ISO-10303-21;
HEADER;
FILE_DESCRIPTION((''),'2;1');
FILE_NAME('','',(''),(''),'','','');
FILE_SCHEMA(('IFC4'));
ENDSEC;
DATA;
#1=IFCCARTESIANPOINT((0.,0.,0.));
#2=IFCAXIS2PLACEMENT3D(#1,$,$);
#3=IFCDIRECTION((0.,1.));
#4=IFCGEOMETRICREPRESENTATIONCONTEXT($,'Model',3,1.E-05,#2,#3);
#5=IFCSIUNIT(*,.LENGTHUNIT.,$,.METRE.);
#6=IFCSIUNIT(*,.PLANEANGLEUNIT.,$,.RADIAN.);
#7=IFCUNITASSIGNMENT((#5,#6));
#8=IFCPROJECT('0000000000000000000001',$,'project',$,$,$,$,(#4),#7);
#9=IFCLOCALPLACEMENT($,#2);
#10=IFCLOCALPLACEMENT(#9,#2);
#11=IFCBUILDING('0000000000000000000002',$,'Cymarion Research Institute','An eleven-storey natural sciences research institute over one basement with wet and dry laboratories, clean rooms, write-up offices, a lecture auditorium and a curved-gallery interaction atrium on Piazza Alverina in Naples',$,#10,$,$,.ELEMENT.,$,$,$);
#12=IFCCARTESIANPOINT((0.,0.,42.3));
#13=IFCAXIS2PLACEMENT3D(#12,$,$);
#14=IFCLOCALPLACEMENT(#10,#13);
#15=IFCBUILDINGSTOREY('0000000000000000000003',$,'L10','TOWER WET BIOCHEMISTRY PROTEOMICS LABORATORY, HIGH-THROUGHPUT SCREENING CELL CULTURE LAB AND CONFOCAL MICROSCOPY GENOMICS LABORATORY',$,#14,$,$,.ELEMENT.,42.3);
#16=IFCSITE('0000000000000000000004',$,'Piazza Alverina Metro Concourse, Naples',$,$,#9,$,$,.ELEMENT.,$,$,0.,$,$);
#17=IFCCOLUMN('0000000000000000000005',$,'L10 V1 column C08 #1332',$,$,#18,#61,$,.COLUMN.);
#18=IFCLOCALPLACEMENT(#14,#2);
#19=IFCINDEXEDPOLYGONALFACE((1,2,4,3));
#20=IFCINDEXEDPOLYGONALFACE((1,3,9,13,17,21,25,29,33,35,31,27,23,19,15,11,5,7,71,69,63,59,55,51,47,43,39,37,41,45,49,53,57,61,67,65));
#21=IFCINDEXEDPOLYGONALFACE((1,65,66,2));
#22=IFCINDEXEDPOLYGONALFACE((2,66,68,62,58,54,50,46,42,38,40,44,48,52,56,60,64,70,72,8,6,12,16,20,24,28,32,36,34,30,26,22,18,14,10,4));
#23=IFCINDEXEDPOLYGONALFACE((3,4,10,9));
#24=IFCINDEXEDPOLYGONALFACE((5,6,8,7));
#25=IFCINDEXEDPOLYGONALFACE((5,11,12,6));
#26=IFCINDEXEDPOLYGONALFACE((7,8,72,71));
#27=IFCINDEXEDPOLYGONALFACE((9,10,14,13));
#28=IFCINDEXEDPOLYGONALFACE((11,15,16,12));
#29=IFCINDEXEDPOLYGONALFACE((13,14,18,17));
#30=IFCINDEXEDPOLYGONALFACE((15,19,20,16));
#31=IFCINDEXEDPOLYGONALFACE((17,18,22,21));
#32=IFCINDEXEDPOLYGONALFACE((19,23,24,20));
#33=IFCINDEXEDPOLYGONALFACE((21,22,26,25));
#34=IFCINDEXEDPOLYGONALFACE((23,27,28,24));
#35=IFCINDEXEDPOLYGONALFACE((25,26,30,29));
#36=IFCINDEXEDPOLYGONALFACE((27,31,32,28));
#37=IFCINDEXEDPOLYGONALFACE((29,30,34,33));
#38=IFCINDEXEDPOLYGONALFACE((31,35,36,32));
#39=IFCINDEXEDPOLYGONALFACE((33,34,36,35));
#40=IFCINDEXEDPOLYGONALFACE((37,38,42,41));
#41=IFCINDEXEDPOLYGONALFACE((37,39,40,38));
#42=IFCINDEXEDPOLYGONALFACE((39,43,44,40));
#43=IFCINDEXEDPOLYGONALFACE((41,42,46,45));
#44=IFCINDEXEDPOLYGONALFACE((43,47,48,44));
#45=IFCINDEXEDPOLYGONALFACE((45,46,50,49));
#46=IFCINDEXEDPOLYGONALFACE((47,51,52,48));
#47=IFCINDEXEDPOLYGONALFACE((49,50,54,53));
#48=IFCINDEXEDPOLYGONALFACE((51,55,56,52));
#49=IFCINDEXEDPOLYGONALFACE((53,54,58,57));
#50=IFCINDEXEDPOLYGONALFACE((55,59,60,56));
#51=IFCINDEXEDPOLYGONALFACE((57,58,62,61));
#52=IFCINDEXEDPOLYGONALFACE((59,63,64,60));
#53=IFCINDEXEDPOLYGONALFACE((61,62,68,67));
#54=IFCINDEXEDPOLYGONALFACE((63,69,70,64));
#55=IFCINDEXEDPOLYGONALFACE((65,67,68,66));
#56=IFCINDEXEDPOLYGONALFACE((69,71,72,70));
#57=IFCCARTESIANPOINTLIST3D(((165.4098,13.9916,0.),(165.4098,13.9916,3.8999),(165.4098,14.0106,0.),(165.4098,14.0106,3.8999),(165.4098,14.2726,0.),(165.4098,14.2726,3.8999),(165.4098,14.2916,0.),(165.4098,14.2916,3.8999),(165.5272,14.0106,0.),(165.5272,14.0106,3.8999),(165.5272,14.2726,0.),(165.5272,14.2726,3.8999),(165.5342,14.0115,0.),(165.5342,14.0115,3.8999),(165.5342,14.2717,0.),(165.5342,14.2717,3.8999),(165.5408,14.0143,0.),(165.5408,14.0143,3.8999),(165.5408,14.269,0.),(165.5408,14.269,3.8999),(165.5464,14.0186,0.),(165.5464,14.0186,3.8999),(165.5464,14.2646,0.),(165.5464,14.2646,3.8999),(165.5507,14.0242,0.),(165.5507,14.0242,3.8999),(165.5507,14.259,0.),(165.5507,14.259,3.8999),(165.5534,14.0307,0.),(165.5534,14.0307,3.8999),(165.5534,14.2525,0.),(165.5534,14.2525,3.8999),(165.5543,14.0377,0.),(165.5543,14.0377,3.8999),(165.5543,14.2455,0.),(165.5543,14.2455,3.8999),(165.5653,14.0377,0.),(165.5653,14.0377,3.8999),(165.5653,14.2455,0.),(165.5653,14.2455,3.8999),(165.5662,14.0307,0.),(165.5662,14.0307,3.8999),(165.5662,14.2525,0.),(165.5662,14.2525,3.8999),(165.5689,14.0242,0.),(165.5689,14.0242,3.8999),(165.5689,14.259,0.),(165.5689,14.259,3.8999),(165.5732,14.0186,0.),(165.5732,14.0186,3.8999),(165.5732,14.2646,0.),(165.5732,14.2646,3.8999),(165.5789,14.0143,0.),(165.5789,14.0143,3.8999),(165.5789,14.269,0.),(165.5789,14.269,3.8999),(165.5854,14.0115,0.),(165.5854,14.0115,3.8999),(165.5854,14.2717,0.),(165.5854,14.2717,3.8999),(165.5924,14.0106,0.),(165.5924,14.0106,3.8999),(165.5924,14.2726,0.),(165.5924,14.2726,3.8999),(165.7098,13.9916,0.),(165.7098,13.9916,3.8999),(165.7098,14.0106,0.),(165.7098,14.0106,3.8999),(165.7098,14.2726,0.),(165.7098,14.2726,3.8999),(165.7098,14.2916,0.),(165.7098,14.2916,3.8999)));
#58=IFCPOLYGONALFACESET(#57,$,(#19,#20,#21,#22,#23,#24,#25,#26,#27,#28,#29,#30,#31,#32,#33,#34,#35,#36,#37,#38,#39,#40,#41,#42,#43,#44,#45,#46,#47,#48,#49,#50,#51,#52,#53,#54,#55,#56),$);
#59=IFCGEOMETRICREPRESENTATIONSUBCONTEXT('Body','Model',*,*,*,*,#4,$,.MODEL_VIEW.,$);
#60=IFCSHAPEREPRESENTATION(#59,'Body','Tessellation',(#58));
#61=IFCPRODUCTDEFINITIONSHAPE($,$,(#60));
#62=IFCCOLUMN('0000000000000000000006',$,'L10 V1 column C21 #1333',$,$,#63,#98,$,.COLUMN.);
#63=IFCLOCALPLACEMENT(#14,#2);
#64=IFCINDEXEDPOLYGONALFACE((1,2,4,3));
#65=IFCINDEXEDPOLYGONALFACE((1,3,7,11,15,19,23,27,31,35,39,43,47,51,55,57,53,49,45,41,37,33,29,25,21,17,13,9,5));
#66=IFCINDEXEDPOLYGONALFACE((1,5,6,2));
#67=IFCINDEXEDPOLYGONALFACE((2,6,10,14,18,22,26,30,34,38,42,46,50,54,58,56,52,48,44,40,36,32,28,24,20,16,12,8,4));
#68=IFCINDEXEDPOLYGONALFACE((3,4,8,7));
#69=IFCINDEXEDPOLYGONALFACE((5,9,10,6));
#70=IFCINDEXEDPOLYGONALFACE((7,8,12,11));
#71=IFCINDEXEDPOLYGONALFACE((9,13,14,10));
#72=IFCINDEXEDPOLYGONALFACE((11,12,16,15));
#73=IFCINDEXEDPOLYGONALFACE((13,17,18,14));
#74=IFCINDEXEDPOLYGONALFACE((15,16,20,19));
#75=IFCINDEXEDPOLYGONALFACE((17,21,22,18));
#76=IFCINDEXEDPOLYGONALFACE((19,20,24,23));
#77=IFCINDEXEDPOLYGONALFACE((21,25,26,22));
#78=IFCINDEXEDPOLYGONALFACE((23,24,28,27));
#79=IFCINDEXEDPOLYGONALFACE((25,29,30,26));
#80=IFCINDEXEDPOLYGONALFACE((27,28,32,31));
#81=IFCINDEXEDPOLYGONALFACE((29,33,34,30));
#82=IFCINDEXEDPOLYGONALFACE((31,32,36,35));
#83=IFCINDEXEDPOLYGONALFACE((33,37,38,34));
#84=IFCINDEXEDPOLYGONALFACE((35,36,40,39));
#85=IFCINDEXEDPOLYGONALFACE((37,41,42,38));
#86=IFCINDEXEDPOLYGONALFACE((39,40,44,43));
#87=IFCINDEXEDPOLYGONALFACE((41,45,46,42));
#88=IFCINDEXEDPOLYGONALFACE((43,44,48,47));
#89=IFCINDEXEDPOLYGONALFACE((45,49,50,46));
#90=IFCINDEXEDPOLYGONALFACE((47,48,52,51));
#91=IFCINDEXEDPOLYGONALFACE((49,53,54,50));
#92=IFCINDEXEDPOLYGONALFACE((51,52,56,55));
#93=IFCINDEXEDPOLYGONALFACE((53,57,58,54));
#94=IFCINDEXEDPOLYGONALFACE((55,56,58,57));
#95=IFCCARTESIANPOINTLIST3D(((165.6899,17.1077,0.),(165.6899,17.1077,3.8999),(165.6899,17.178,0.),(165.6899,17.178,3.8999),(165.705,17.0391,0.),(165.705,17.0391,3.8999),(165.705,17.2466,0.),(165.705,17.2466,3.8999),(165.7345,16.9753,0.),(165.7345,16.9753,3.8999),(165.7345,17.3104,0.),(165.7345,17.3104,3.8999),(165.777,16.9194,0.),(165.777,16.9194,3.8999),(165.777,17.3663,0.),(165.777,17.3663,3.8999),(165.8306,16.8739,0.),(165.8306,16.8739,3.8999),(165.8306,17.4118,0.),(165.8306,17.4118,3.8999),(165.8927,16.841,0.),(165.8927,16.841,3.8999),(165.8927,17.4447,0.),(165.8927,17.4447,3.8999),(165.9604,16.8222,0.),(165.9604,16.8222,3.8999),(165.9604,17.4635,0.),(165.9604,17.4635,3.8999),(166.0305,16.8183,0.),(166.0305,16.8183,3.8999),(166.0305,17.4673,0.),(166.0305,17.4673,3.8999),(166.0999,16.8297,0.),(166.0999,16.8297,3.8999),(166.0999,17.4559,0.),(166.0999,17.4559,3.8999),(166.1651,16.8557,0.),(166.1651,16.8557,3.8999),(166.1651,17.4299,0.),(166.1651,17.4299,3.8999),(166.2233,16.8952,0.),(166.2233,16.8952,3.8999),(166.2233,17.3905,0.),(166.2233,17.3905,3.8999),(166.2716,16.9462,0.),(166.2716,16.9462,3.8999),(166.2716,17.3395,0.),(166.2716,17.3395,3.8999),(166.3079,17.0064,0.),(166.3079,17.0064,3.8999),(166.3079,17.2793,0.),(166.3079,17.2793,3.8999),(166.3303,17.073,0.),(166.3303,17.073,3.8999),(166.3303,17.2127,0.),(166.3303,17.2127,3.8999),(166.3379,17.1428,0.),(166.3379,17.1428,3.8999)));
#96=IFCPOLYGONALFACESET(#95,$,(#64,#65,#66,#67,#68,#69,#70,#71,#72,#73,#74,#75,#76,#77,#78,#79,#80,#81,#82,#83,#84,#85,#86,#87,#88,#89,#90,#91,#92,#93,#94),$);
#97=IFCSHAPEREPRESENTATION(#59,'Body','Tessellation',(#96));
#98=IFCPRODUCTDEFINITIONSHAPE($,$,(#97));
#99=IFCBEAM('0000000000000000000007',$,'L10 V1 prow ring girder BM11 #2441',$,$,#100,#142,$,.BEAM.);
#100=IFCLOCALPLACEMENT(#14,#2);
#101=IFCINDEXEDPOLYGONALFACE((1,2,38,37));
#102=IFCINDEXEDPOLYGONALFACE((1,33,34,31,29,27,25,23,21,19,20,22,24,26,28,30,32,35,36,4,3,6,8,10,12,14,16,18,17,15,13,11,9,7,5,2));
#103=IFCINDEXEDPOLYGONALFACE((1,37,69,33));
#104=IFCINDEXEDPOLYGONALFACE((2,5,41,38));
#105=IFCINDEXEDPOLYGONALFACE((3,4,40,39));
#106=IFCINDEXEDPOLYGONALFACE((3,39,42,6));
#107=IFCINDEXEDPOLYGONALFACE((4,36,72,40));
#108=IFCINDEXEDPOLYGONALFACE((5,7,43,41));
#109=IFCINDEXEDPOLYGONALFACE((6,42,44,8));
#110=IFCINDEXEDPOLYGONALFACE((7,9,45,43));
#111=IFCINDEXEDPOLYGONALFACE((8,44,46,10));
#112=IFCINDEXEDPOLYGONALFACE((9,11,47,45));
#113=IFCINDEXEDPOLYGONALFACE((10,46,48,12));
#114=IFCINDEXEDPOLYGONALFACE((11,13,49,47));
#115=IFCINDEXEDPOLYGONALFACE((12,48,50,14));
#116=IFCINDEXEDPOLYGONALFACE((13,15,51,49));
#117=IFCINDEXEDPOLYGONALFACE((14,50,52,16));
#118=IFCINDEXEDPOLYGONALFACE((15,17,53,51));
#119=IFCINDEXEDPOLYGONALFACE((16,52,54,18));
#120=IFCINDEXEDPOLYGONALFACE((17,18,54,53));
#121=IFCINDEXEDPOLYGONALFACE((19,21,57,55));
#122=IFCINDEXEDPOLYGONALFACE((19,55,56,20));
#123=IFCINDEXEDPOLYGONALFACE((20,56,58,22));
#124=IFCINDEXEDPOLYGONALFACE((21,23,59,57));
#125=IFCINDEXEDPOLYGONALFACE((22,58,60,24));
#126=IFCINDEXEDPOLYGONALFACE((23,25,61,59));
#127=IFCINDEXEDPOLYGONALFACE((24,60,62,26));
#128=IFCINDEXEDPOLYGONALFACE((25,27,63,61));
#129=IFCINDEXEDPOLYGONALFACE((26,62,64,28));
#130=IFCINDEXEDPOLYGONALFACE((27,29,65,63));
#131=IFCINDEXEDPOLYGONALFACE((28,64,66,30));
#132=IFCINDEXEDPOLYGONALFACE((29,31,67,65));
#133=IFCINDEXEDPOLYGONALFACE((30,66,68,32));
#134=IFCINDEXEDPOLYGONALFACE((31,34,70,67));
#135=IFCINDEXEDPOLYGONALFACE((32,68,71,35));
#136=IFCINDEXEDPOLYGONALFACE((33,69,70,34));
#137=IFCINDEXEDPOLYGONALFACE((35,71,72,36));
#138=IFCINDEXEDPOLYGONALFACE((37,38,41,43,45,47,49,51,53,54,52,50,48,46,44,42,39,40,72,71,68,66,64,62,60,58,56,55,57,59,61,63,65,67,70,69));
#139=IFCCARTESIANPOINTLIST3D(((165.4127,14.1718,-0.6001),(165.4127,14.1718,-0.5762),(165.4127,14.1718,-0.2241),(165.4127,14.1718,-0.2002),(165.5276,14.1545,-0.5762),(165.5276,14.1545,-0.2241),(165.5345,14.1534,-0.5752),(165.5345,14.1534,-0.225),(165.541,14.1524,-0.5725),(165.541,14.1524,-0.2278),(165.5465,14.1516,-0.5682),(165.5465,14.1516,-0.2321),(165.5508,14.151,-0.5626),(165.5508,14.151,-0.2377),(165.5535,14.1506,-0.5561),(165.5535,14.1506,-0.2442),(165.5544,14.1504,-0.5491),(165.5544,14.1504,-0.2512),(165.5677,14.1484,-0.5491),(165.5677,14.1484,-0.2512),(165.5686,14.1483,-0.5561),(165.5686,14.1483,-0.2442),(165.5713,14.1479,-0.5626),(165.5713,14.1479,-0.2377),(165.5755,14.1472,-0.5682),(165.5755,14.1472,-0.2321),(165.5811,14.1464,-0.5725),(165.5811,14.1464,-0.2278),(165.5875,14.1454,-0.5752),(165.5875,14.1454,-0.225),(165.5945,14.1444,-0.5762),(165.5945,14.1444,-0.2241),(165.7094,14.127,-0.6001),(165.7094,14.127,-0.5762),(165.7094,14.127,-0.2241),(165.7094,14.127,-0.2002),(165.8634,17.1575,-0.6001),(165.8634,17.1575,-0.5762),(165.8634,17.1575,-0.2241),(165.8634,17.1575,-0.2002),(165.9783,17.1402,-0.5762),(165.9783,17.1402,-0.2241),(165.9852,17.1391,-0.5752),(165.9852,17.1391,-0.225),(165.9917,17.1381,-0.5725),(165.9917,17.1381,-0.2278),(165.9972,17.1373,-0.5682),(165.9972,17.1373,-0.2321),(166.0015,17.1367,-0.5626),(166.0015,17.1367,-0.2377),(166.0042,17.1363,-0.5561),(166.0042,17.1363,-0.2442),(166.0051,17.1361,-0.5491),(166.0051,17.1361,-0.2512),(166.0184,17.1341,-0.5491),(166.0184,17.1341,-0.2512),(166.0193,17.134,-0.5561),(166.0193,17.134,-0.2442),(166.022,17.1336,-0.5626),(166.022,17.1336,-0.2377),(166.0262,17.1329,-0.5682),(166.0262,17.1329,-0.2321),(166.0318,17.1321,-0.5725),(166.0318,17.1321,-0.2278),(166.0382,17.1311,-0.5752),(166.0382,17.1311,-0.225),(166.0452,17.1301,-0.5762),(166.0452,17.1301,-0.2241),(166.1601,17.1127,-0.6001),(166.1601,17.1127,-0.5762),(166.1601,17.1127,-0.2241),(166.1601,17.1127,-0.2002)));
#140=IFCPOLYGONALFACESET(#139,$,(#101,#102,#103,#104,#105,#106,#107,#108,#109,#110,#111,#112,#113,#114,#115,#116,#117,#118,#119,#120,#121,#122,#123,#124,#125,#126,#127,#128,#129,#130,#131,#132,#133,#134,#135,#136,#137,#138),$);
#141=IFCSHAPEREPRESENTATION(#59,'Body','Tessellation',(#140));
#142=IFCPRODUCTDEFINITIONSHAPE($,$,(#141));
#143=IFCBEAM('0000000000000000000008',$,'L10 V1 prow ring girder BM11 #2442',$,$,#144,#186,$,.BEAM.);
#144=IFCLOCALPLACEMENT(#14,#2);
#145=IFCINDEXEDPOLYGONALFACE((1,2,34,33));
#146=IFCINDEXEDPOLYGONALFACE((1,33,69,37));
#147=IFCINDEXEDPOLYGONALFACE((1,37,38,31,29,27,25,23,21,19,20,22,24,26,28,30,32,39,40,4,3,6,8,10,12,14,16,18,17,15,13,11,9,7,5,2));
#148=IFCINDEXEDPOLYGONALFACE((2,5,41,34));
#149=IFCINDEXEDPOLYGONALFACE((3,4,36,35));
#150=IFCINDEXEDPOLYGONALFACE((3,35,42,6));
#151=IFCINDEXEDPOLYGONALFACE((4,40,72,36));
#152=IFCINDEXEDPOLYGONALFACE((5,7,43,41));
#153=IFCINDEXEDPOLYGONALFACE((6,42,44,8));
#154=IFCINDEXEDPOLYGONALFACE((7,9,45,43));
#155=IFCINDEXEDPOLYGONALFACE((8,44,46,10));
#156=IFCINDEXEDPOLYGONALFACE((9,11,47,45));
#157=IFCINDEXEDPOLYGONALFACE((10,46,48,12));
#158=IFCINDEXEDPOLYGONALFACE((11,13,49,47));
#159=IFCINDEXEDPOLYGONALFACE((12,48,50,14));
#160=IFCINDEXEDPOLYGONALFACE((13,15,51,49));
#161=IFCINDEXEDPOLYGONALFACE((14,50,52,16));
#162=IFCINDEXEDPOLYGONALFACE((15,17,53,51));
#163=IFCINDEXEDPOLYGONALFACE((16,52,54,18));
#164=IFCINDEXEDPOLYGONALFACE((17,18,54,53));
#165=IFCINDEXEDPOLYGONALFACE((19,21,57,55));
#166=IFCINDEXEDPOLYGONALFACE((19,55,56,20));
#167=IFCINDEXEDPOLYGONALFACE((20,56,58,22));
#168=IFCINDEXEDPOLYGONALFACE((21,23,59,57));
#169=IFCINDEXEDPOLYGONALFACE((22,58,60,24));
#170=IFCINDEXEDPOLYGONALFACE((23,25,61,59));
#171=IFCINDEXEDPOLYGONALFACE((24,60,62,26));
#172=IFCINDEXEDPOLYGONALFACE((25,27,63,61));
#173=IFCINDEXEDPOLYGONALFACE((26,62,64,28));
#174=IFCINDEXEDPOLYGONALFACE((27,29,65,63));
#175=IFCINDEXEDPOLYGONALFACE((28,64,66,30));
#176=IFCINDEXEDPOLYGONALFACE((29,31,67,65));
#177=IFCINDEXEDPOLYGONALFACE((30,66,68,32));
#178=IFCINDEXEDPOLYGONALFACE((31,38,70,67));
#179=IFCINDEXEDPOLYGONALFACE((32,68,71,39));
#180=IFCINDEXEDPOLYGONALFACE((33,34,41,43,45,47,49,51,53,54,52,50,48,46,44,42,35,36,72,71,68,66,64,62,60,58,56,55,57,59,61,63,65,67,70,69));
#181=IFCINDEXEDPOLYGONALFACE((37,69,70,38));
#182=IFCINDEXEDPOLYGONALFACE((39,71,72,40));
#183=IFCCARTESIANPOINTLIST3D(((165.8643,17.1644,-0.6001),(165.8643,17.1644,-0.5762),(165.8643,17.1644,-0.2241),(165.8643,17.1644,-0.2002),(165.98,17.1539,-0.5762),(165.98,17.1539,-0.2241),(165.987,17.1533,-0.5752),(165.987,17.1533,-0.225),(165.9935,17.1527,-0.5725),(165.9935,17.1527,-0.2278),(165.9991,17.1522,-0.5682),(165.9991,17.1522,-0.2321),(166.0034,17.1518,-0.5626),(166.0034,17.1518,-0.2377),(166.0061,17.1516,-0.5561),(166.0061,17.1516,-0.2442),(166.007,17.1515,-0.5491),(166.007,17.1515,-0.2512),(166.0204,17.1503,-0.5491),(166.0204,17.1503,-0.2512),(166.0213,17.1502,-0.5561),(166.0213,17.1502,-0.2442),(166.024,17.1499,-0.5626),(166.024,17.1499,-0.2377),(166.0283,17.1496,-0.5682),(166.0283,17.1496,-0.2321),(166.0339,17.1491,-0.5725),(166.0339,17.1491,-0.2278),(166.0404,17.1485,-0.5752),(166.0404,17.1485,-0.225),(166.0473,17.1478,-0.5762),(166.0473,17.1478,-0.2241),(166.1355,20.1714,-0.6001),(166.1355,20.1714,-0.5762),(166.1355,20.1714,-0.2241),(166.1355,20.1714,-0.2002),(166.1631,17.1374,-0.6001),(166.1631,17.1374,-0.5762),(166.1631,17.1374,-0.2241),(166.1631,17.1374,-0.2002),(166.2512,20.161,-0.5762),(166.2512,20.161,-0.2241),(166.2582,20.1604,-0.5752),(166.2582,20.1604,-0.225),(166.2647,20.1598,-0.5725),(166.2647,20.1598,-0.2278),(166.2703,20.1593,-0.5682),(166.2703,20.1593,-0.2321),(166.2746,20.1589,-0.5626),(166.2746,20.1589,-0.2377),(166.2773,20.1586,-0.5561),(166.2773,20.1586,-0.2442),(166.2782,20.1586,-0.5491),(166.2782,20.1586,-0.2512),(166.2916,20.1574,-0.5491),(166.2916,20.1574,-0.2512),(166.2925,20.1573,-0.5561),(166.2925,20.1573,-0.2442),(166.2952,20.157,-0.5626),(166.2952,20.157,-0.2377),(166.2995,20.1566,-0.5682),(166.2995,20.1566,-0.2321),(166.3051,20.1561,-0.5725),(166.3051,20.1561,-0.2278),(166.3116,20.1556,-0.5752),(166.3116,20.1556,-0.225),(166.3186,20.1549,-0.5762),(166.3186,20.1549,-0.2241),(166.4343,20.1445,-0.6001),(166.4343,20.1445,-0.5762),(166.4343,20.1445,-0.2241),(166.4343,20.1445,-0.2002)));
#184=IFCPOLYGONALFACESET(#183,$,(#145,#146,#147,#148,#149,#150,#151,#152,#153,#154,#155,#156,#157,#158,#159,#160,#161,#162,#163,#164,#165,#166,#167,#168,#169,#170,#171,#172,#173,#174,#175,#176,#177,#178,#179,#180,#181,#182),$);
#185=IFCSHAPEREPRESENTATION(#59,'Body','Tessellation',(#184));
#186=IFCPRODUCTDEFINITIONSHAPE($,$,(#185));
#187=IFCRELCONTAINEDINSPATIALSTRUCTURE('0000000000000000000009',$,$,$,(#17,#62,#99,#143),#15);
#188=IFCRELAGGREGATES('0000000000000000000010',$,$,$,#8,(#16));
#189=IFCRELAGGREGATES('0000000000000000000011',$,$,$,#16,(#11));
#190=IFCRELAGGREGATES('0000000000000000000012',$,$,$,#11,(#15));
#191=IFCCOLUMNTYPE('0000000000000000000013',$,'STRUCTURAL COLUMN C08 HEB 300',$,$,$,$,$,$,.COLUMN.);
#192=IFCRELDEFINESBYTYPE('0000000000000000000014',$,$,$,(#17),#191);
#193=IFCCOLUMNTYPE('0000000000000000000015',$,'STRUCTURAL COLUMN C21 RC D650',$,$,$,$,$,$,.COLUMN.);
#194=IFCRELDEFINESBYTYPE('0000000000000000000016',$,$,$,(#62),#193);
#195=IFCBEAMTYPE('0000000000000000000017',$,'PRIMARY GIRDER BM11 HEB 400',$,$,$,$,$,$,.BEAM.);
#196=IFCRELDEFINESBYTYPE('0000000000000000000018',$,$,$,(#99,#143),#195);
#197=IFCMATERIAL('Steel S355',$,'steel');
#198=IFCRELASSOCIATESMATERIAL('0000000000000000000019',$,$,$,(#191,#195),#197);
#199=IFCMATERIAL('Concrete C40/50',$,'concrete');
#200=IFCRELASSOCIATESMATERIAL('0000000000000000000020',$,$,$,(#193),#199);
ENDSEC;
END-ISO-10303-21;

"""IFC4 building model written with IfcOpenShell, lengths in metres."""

from ifc_helpers import new_model, si_unit, direction, frame, origin, origin_2d, place, context, subcontext, project, spatial, circle, i_section, extrude, material, material_profile, profile_set, type_object, element, save


model = new_model("IFC4")

# Units and contexts
model_context = context("Model", 3, precision=1e-05, world=origin(), true_north=direction((0.0, 1.0)))
body_context = subcontext(model_context, "Body", "Model", "MODEL_VIEW")
ifc_project = project(units=[si_unit("LENGTHUNIT", "METRE"), si_unit("PLANEANGLEUNIT", "RADIAN")], contexts=[model_context])

# Site, building, storey
site_placement = place(None, origin())
site = spatial("IfcSite", under=ifc_project, at=site_placement, Name="Piazza Alverina Metro Concourse, Naples", CompositionType="ELEMENT", RefElevation=0.0)
building_placement = place(site_placement, origin())
building = spatial("IfcBuilding", under=site, at=building_placement, Name="Cymarion Research Institute", Description="An eleven-storey natural sciences research institute over one basement with wet and dry laboratories, clean rooms, write-up offices, a lecture auditorium and a curved-gallery interaction atrium on Piazza Alverina in Naples", CompositionType="ELEMENT")
storey_placement = place(building_placement, frame((0.0, 0.0, 42.3)))
storey = spatial("IfcBuildingStorey", under=building, at=storey_placement, Name="L10", Description="TOWER WET BIOCHEMISTRY PROTEOMICS LABORATORY, HIGH-THROUGHPUT SCREENING CELL CULTURE LAB AND CONFOCAL MICROSCOPY GENOMICS LABORATORY", CompositionType="ELEMENT", Elevation=42.3)

# Columns
ifc_material_1 = material(Name="Steel S355", Category="steel")
ifc_material_profile_1 = material_profile(ifc_material_1, i_section(OverallWidth=0.3, OverallDepth=0.3, WebThickness=0.011, FlangeThickness=0.019, FilletRadius=0.0271, at=origin_2d()), Name="HEB 300")
ifc_profile_set_1 = profile_set([ifc_material_profile_1], Name="Steel S355")
column_type_1 = type_object("IfcColumnType", Name="STRUCTURAL COLUMN C08 HEB 300", PredefinedType="COLUMN", material=ifc_profile_set_1)
column_1_placement = place(storey_placement, frame((165.5598, 14.1416, 0.0), z_axis=(0.0, 0.0, 1.0), x_axis=(1.0, 0.0, 0.0)))
element("IfcColumn", 1, at=column_1_placement, inside=storey, type_object=column_type_1, Name="L10 V1 column C08 #1332", PredefinedType="COLUMN", context=body_context, shape_type="SweptSolid", body=[
    extrude(i_section(OverallWidth=0.3, OverallDepth=0.3, WebThickness=0.011, FlangeThickness=0.019, FilletRadius=0.0271, at=origin_2d()), origin(), (0.0, 0.0, 1.0), 3.8999),
])
ifc_material_2 = material(Name="Concrete C40/50", Category="concrete")
ifc_material_profile_2 = material_profile(ifc_material_2, circle(Radius=0.325, at=origin_2d()), Name="RC D650")
ifc_profile_set_2 = profile_set([ifc_material_profile_2], Name="Concrete C40/50")
column_type_2 = type_object("IfcColumnType", Name="STRUCTURAL COLUMN C21 RC D650", PredefinedType="COLUMN", material=ifc_profile_set_2)
column_2_placement = place(storey_placement, frame((166.0129, 17.1428, 0.0), z_axis=(0.0, 0.0, 1.0), x_axis=(1.0, 0.0, 0.0)))
element("IfcColumn", 2, at=column_2_placement, inside=storey, type_object=column_type_2, Name="L10 V1 column C21 #1333", PredefinedType="COLUMN", context=body_context, shape_type="SweptSolid", body=[
    extrude(circle(Radius=0.325, at=origin_2d()), origin(), (0.0, 0.0, 1.0), 3.8999),
])

# Beams
ifc_material_profile_3 = material_profile(ifc_material_1, i_section(OverallWidth=0.3, OverallDepth=0.3999, WebThickness=0.0134, FlangeThickness=0.0239, FilletRadius=0.0271, at=origin_2d()), Name="HEB 400")
ifc_profile_set_3 = profile_set([ifc_material_profile_3], Name="Steel S355")
beam_type = type_object("IfcBeamType", Name="PRIMARY GIRDER BM11 HEB 400", PredefinedType="BEAM", material=ifc_profile_set_3)
beam_1_placement = place(storey_placement, frame((165.561, 14.1494, -0.4001), z_axis=(0.149262, 0.988798, 0.0), x_axis=(-0.988798, 0.149262, 0.0)))
element("IfcBeam", 3, at=beam_1_placement, inside=storey, type_object=beam_type, Name="L10 V1 prow ring girder BM11 #2441", PredefinedType="BEAM", context=body_context, shape_type="SweptSolid", body=[
    extrude(i_section(OverallWidth=0.3, OverallDepth=0.3999, WebThickness=0.0134, FlangeThickness=0.0239, FilletRadius=0.0271, at=origin_2d()), origin(), (0.0, 0.0, 1.0), 3.0195),
])
beam_2_placement = place(storey_placement, frame((166.0137, 17.1509, -0.4001), z_axis=(0.089836, 0.995957, 0.0), x_axis=(-0.995957, 0.089836, 0.0)))
element("IfcBeam", 4, at=beam_2_placement, inside=storey, type_object=beam_type, Name="L10 V1 prow ring girder BM11 #2442", PredefinedType="BEAM", context=body_context, shape_type="SweptSolid", body=[
    extrude(i_section(OverallWidth=0.3, OverallDepth=0.3999, WebThickness=0.0134, FlangeThickness=0.0239, FilletRadius=0.0271, at=origin_2d()), origin(), (0.0, 0.0, 1.0), 3.0193),
])

save(model, "model.ifc")
